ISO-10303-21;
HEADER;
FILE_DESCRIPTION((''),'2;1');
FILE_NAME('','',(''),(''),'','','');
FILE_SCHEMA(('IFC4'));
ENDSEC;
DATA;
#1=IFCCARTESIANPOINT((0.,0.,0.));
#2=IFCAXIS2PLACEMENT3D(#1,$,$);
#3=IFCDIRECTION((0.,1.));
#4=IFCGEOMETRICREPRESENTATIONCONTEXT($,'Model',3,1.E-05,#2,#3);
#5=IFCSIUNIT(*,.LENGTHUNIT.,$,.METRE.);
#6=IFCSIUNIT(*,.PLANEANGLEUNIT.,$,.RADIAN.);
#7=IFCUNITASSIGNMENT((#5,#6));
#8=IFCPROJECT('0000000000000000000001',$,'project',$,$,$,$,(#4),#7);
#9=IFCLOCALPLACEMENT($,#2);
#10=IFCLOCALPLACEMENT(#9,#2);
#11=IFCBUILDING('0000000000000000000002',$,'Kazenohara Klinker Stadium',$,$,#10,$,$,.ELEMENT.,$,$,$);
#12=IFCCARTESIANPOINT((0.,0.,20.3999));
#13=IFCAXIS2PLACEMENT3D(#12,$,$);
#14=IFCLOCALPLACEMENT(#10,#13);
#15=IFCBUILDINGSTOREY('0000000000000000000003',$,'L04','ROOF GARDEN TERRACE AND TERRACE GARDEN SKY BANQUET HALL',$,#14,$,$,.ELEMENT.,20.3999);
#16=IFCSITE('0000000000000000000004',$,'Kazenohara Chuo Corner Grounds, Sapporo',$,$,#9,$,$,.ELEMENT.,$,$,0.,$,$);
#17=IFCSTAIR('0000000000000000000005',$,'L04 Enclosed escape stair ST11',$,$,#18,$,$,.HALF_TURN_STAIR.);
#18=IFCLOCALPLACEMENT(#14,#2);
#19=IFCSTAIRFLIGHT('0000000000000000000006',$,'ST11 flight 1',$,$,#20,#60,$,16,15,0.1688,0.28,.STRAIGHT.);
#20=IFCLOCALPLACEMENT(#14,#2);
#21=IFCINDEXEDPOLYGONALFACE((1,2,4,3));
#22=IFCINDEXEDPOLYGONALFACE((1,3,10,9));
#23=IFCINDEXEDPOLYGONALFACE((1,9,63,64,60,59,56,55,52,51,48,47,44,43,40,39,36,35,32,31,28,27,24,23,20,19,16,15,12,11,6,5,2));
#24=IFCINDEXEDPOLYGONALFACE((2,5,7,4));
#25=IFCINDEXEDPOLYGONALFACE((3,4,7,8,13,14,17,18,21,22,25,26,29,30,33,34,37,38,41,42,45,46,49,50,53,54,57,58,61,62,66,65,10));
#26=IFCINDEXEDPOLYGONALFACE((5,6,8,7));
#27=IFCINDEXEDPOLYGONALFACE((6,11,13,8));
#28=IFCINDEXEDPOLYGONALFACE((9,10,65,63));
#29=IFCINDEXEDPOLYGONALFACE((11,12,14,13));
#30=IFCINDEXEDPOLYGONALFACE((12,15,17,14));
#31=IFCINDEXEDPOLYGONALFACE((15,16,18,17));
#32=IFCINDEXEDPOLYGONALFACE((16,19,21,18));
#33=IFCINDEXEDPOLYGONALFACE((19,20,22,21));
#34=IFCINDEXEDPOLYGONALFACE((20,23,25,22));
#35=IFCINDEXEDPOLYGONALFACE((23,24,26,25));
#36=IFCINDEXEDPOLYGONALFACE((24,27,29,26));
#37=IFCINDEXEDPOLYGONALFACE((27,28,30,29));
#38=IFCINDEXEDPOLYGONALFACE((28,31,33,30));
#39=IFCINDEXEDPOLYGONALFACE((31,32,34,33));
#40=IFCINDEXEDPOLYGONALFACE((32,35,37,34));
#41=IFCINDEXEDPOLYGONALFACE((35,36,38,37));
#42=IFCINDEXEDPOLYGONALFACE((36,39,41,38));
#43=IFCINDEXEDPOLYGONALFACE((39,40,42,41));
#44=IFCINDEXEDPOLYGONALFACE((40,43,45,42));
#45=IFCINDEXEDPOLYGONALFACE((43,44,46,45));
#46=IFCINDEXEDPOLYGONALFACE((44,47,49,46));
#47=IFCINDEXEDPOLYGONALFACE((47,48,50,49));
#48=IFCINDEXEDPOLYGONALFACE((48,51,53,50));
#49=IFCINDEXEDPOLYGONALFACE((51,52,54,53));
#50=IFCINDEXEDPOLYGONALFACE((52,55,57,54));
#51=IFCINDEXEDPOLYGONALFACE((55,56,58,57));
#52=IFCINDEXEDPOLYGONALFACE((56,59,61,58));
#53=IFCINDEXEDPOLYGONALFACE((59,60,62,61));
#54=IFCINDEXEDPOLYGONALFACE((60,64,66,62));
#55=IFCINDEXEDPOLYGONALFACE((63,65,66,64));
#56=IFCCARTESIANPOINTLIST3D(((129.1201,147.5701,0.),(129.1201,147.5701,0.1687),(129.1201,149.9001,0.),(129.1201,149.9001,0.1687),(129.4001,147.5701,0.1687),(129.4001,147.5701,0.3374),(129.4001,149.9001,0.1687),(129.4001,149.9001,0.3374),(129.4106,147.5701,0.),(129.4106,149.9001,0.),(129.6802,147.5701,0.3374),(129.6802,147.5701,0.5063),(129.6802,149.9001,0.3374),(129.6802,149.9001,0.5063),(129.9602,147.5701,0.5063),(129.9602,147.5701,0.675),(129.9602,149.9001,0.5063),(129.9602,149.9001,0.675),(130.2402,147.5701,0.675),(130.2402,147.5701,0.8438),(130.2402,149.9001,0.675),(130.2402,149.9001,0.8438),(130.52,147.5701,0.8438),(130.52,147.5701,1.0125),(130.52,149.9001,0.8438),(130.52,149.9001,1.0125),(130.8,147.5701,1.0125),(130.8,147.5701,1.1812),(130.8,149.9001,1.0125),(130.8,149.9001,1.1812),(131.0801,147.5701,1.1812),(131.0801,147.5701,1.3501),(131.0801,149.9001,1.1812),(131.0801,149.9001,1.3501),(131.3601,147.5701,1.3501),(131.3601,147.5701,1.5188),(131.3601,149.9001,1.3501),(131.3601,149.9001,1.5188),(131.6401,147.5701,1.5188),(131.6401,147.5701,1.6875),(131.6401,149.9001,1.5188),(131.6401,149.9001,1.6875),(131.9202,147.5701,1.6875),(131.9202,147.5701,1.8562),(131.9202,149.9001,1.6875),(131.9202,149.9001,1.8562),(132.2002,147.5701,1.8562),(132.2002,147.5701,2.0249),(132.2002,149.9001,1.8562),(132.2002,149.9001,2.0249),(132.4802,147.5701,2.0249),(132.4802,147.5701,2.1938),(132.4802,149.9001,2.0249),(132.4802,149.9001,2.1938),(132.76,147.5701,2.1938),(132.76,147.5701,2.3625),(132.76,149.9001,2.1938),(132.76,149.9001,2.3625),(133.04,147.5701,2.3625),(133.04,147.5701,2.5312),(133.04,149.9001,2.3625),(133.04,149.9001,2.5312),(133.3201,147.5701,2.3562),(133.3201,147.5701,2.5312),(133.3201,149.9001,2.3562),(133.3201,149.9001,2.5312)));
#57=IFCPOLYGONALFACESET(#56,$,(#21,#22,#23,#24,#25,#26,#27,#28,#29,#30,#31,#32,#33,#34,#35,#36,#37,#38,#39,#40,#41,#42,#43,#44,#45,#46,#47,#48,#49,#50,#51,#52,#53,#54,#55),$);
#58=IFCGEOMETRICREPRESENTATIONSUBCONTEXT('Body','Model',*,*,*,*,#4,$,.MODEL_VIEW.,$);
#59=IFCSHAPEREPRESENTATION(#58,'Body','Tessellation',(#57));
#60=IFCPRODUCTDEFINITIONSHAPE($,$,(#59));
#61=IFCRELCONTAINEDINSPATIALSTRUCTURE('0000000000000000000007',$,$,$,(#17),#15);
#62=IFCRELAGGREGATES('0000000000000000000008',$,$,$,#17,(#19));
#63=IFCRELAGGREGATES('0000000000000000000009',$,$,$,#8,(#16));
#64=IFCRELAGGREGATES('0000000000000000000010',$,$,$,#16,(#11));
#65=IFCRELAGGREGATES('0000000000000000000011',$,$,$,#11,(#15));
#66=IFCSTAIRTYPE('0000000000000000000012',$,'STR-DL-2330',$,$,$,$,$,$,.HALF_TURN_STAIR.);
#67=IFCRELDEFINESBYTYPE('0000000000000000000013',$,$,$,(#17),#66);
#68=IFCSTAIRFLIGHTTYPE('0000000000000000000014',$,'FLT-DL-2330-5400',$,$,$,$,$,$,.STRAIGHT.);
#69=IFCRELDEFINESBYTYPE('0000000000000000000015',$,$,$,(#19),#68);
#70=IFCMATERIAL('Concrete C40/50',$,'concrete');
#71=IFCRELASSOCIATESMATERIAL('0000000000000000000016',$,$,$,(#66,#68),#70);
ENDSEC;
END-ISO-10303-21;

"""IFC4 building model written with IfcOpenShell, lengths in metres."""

from ifc_helpers import new_model, si_unit, direction, frame, origin, place, context, subcontext, project, spatial, polyline, outline, extrude, material, type_object, element, aggregate, save


model = new_model("IFC4")

# Units and contexts
model_context = context("Model", 3, precision=1e-05, world=origin(), true_north=direction((0.0, 1.0)))
body_context = subcontext(model_context, "Body", "Model", "MODEL_VIEW")
ifc_project = project(units=[si_unit("LENGTHUNIT", "METRE"), si_unit("PLANEANGLEUNIT", "RADIAN")], contexts=[model_context])

# Site, building, storey
site_placement = place(None, origin())
site = spatial("IfcSite", under=ifc_project, at=site_placement, Name="Kazenohara Chuo Corner Grounds, Sapporo", CompositionType="ELEMENT", RefElevation=0.0)
building_placement = place(site_placement, origin())
building = spatial("IfcBuilding", under=site, at=building_placement, Name="Kazenohara Klinker Stadium", CompositionType="ELEMENT")
storey_placement = place(building_placement, frame((0.0, 0.0, 20.3999)))
storey = spatial("IfcBuildingStorey", under=building, at=storey_placement, Name="L04", Description="ROOF GARDEN TERRACE AND TERRACE GARDEN SKY BANQUET HALL", CompositionType="ELEMENT", Elevation=20.3999)

# Shared definitions
ifc_material_1 = material(Name="Concrete C40/50", Category="concrete")

# Stair, stair flight
stair_type = type_object("IfcStairType", Name="STR-DL-2330", PredefinedType="HALF_TURN_STAIR", material=ifc_material_1)
stair_placement = place(storey_placement, origin())
stair = element("IfcStair", 1, at=stair_placement, inside=storey, type_object=stair_type, Name="L04 Enclosed escape stair ST11", PredefinedType="HALF_TURN_STAIR")
stair_flight_type = type_object("IfcStairFlightType", Name="FLT-DL-2330-5400", PredefinedType="STRAIGHT", material=ifc_material_1)
stair_flight_placement = place(storey_placement, frame((129.1201, 148.7351, 0.0), z_axis=(0.0, 0.0, 1.0), x_axis=(1.0, 0.0, 0.0)))
stair_flight = element("IfcStairFlight", 2, at=stair_flight_placement, type_object=stair_flight_type, Name="ST11 flight 1", NumberOfRisers=16, NumberOfTreads=15, PredefinedType="STRAIGHT", RiserHeight=0.1688, TreadLength=0.28, context=body_context, shape_type="SweptSolid", body=[
    extrude(outline(polyline([(0.0, 0.0), (0.0, 0.1687), (0.28, 0.1687), (0.28, 0.3374), (0.5601, 0.3374), (0.5601, 0.5063), (0.8401, 0.5063), (0.8401, 0.675), (1.1201, 0.675), (1.1201, 0.8438), (1.3999, 0.8438), (1.3999, 1.0125), (1.6799, 1.0125), (1.6799, 1.1812), (1.96, 1.1812), (1.96, 1.3501), (2.24, 1.3501), (2.24, 1.5188), (2.52, 1.5188), (2.52, 1.6875), (2.8, 1.6875), (2.8, 1.8562), (3.0801, 1.8562), (3.0801, 2.0249), (3.3601, 2.0249), (3.3601, 2.1938), (3.6399, 2.1938), (3.6399, 2.3625), (3.9199, 2.3625), (3.9199, 2.5312), (4.2, 2.5312), (4.2, 2.7), (4.2, 2.3562), (0.2905, 0.0), (0.0, 0.0)])), frame((0.0, 1.165, 0.0), z_axis=(0.0, -1.0, 0.0), x_axis=(1.0, 0.0, 0.0)), (0.0, 0.0, 1.0), 2.3301),
])
aggregate(stair, [stair_flight])

save(model, "model.ifc")
